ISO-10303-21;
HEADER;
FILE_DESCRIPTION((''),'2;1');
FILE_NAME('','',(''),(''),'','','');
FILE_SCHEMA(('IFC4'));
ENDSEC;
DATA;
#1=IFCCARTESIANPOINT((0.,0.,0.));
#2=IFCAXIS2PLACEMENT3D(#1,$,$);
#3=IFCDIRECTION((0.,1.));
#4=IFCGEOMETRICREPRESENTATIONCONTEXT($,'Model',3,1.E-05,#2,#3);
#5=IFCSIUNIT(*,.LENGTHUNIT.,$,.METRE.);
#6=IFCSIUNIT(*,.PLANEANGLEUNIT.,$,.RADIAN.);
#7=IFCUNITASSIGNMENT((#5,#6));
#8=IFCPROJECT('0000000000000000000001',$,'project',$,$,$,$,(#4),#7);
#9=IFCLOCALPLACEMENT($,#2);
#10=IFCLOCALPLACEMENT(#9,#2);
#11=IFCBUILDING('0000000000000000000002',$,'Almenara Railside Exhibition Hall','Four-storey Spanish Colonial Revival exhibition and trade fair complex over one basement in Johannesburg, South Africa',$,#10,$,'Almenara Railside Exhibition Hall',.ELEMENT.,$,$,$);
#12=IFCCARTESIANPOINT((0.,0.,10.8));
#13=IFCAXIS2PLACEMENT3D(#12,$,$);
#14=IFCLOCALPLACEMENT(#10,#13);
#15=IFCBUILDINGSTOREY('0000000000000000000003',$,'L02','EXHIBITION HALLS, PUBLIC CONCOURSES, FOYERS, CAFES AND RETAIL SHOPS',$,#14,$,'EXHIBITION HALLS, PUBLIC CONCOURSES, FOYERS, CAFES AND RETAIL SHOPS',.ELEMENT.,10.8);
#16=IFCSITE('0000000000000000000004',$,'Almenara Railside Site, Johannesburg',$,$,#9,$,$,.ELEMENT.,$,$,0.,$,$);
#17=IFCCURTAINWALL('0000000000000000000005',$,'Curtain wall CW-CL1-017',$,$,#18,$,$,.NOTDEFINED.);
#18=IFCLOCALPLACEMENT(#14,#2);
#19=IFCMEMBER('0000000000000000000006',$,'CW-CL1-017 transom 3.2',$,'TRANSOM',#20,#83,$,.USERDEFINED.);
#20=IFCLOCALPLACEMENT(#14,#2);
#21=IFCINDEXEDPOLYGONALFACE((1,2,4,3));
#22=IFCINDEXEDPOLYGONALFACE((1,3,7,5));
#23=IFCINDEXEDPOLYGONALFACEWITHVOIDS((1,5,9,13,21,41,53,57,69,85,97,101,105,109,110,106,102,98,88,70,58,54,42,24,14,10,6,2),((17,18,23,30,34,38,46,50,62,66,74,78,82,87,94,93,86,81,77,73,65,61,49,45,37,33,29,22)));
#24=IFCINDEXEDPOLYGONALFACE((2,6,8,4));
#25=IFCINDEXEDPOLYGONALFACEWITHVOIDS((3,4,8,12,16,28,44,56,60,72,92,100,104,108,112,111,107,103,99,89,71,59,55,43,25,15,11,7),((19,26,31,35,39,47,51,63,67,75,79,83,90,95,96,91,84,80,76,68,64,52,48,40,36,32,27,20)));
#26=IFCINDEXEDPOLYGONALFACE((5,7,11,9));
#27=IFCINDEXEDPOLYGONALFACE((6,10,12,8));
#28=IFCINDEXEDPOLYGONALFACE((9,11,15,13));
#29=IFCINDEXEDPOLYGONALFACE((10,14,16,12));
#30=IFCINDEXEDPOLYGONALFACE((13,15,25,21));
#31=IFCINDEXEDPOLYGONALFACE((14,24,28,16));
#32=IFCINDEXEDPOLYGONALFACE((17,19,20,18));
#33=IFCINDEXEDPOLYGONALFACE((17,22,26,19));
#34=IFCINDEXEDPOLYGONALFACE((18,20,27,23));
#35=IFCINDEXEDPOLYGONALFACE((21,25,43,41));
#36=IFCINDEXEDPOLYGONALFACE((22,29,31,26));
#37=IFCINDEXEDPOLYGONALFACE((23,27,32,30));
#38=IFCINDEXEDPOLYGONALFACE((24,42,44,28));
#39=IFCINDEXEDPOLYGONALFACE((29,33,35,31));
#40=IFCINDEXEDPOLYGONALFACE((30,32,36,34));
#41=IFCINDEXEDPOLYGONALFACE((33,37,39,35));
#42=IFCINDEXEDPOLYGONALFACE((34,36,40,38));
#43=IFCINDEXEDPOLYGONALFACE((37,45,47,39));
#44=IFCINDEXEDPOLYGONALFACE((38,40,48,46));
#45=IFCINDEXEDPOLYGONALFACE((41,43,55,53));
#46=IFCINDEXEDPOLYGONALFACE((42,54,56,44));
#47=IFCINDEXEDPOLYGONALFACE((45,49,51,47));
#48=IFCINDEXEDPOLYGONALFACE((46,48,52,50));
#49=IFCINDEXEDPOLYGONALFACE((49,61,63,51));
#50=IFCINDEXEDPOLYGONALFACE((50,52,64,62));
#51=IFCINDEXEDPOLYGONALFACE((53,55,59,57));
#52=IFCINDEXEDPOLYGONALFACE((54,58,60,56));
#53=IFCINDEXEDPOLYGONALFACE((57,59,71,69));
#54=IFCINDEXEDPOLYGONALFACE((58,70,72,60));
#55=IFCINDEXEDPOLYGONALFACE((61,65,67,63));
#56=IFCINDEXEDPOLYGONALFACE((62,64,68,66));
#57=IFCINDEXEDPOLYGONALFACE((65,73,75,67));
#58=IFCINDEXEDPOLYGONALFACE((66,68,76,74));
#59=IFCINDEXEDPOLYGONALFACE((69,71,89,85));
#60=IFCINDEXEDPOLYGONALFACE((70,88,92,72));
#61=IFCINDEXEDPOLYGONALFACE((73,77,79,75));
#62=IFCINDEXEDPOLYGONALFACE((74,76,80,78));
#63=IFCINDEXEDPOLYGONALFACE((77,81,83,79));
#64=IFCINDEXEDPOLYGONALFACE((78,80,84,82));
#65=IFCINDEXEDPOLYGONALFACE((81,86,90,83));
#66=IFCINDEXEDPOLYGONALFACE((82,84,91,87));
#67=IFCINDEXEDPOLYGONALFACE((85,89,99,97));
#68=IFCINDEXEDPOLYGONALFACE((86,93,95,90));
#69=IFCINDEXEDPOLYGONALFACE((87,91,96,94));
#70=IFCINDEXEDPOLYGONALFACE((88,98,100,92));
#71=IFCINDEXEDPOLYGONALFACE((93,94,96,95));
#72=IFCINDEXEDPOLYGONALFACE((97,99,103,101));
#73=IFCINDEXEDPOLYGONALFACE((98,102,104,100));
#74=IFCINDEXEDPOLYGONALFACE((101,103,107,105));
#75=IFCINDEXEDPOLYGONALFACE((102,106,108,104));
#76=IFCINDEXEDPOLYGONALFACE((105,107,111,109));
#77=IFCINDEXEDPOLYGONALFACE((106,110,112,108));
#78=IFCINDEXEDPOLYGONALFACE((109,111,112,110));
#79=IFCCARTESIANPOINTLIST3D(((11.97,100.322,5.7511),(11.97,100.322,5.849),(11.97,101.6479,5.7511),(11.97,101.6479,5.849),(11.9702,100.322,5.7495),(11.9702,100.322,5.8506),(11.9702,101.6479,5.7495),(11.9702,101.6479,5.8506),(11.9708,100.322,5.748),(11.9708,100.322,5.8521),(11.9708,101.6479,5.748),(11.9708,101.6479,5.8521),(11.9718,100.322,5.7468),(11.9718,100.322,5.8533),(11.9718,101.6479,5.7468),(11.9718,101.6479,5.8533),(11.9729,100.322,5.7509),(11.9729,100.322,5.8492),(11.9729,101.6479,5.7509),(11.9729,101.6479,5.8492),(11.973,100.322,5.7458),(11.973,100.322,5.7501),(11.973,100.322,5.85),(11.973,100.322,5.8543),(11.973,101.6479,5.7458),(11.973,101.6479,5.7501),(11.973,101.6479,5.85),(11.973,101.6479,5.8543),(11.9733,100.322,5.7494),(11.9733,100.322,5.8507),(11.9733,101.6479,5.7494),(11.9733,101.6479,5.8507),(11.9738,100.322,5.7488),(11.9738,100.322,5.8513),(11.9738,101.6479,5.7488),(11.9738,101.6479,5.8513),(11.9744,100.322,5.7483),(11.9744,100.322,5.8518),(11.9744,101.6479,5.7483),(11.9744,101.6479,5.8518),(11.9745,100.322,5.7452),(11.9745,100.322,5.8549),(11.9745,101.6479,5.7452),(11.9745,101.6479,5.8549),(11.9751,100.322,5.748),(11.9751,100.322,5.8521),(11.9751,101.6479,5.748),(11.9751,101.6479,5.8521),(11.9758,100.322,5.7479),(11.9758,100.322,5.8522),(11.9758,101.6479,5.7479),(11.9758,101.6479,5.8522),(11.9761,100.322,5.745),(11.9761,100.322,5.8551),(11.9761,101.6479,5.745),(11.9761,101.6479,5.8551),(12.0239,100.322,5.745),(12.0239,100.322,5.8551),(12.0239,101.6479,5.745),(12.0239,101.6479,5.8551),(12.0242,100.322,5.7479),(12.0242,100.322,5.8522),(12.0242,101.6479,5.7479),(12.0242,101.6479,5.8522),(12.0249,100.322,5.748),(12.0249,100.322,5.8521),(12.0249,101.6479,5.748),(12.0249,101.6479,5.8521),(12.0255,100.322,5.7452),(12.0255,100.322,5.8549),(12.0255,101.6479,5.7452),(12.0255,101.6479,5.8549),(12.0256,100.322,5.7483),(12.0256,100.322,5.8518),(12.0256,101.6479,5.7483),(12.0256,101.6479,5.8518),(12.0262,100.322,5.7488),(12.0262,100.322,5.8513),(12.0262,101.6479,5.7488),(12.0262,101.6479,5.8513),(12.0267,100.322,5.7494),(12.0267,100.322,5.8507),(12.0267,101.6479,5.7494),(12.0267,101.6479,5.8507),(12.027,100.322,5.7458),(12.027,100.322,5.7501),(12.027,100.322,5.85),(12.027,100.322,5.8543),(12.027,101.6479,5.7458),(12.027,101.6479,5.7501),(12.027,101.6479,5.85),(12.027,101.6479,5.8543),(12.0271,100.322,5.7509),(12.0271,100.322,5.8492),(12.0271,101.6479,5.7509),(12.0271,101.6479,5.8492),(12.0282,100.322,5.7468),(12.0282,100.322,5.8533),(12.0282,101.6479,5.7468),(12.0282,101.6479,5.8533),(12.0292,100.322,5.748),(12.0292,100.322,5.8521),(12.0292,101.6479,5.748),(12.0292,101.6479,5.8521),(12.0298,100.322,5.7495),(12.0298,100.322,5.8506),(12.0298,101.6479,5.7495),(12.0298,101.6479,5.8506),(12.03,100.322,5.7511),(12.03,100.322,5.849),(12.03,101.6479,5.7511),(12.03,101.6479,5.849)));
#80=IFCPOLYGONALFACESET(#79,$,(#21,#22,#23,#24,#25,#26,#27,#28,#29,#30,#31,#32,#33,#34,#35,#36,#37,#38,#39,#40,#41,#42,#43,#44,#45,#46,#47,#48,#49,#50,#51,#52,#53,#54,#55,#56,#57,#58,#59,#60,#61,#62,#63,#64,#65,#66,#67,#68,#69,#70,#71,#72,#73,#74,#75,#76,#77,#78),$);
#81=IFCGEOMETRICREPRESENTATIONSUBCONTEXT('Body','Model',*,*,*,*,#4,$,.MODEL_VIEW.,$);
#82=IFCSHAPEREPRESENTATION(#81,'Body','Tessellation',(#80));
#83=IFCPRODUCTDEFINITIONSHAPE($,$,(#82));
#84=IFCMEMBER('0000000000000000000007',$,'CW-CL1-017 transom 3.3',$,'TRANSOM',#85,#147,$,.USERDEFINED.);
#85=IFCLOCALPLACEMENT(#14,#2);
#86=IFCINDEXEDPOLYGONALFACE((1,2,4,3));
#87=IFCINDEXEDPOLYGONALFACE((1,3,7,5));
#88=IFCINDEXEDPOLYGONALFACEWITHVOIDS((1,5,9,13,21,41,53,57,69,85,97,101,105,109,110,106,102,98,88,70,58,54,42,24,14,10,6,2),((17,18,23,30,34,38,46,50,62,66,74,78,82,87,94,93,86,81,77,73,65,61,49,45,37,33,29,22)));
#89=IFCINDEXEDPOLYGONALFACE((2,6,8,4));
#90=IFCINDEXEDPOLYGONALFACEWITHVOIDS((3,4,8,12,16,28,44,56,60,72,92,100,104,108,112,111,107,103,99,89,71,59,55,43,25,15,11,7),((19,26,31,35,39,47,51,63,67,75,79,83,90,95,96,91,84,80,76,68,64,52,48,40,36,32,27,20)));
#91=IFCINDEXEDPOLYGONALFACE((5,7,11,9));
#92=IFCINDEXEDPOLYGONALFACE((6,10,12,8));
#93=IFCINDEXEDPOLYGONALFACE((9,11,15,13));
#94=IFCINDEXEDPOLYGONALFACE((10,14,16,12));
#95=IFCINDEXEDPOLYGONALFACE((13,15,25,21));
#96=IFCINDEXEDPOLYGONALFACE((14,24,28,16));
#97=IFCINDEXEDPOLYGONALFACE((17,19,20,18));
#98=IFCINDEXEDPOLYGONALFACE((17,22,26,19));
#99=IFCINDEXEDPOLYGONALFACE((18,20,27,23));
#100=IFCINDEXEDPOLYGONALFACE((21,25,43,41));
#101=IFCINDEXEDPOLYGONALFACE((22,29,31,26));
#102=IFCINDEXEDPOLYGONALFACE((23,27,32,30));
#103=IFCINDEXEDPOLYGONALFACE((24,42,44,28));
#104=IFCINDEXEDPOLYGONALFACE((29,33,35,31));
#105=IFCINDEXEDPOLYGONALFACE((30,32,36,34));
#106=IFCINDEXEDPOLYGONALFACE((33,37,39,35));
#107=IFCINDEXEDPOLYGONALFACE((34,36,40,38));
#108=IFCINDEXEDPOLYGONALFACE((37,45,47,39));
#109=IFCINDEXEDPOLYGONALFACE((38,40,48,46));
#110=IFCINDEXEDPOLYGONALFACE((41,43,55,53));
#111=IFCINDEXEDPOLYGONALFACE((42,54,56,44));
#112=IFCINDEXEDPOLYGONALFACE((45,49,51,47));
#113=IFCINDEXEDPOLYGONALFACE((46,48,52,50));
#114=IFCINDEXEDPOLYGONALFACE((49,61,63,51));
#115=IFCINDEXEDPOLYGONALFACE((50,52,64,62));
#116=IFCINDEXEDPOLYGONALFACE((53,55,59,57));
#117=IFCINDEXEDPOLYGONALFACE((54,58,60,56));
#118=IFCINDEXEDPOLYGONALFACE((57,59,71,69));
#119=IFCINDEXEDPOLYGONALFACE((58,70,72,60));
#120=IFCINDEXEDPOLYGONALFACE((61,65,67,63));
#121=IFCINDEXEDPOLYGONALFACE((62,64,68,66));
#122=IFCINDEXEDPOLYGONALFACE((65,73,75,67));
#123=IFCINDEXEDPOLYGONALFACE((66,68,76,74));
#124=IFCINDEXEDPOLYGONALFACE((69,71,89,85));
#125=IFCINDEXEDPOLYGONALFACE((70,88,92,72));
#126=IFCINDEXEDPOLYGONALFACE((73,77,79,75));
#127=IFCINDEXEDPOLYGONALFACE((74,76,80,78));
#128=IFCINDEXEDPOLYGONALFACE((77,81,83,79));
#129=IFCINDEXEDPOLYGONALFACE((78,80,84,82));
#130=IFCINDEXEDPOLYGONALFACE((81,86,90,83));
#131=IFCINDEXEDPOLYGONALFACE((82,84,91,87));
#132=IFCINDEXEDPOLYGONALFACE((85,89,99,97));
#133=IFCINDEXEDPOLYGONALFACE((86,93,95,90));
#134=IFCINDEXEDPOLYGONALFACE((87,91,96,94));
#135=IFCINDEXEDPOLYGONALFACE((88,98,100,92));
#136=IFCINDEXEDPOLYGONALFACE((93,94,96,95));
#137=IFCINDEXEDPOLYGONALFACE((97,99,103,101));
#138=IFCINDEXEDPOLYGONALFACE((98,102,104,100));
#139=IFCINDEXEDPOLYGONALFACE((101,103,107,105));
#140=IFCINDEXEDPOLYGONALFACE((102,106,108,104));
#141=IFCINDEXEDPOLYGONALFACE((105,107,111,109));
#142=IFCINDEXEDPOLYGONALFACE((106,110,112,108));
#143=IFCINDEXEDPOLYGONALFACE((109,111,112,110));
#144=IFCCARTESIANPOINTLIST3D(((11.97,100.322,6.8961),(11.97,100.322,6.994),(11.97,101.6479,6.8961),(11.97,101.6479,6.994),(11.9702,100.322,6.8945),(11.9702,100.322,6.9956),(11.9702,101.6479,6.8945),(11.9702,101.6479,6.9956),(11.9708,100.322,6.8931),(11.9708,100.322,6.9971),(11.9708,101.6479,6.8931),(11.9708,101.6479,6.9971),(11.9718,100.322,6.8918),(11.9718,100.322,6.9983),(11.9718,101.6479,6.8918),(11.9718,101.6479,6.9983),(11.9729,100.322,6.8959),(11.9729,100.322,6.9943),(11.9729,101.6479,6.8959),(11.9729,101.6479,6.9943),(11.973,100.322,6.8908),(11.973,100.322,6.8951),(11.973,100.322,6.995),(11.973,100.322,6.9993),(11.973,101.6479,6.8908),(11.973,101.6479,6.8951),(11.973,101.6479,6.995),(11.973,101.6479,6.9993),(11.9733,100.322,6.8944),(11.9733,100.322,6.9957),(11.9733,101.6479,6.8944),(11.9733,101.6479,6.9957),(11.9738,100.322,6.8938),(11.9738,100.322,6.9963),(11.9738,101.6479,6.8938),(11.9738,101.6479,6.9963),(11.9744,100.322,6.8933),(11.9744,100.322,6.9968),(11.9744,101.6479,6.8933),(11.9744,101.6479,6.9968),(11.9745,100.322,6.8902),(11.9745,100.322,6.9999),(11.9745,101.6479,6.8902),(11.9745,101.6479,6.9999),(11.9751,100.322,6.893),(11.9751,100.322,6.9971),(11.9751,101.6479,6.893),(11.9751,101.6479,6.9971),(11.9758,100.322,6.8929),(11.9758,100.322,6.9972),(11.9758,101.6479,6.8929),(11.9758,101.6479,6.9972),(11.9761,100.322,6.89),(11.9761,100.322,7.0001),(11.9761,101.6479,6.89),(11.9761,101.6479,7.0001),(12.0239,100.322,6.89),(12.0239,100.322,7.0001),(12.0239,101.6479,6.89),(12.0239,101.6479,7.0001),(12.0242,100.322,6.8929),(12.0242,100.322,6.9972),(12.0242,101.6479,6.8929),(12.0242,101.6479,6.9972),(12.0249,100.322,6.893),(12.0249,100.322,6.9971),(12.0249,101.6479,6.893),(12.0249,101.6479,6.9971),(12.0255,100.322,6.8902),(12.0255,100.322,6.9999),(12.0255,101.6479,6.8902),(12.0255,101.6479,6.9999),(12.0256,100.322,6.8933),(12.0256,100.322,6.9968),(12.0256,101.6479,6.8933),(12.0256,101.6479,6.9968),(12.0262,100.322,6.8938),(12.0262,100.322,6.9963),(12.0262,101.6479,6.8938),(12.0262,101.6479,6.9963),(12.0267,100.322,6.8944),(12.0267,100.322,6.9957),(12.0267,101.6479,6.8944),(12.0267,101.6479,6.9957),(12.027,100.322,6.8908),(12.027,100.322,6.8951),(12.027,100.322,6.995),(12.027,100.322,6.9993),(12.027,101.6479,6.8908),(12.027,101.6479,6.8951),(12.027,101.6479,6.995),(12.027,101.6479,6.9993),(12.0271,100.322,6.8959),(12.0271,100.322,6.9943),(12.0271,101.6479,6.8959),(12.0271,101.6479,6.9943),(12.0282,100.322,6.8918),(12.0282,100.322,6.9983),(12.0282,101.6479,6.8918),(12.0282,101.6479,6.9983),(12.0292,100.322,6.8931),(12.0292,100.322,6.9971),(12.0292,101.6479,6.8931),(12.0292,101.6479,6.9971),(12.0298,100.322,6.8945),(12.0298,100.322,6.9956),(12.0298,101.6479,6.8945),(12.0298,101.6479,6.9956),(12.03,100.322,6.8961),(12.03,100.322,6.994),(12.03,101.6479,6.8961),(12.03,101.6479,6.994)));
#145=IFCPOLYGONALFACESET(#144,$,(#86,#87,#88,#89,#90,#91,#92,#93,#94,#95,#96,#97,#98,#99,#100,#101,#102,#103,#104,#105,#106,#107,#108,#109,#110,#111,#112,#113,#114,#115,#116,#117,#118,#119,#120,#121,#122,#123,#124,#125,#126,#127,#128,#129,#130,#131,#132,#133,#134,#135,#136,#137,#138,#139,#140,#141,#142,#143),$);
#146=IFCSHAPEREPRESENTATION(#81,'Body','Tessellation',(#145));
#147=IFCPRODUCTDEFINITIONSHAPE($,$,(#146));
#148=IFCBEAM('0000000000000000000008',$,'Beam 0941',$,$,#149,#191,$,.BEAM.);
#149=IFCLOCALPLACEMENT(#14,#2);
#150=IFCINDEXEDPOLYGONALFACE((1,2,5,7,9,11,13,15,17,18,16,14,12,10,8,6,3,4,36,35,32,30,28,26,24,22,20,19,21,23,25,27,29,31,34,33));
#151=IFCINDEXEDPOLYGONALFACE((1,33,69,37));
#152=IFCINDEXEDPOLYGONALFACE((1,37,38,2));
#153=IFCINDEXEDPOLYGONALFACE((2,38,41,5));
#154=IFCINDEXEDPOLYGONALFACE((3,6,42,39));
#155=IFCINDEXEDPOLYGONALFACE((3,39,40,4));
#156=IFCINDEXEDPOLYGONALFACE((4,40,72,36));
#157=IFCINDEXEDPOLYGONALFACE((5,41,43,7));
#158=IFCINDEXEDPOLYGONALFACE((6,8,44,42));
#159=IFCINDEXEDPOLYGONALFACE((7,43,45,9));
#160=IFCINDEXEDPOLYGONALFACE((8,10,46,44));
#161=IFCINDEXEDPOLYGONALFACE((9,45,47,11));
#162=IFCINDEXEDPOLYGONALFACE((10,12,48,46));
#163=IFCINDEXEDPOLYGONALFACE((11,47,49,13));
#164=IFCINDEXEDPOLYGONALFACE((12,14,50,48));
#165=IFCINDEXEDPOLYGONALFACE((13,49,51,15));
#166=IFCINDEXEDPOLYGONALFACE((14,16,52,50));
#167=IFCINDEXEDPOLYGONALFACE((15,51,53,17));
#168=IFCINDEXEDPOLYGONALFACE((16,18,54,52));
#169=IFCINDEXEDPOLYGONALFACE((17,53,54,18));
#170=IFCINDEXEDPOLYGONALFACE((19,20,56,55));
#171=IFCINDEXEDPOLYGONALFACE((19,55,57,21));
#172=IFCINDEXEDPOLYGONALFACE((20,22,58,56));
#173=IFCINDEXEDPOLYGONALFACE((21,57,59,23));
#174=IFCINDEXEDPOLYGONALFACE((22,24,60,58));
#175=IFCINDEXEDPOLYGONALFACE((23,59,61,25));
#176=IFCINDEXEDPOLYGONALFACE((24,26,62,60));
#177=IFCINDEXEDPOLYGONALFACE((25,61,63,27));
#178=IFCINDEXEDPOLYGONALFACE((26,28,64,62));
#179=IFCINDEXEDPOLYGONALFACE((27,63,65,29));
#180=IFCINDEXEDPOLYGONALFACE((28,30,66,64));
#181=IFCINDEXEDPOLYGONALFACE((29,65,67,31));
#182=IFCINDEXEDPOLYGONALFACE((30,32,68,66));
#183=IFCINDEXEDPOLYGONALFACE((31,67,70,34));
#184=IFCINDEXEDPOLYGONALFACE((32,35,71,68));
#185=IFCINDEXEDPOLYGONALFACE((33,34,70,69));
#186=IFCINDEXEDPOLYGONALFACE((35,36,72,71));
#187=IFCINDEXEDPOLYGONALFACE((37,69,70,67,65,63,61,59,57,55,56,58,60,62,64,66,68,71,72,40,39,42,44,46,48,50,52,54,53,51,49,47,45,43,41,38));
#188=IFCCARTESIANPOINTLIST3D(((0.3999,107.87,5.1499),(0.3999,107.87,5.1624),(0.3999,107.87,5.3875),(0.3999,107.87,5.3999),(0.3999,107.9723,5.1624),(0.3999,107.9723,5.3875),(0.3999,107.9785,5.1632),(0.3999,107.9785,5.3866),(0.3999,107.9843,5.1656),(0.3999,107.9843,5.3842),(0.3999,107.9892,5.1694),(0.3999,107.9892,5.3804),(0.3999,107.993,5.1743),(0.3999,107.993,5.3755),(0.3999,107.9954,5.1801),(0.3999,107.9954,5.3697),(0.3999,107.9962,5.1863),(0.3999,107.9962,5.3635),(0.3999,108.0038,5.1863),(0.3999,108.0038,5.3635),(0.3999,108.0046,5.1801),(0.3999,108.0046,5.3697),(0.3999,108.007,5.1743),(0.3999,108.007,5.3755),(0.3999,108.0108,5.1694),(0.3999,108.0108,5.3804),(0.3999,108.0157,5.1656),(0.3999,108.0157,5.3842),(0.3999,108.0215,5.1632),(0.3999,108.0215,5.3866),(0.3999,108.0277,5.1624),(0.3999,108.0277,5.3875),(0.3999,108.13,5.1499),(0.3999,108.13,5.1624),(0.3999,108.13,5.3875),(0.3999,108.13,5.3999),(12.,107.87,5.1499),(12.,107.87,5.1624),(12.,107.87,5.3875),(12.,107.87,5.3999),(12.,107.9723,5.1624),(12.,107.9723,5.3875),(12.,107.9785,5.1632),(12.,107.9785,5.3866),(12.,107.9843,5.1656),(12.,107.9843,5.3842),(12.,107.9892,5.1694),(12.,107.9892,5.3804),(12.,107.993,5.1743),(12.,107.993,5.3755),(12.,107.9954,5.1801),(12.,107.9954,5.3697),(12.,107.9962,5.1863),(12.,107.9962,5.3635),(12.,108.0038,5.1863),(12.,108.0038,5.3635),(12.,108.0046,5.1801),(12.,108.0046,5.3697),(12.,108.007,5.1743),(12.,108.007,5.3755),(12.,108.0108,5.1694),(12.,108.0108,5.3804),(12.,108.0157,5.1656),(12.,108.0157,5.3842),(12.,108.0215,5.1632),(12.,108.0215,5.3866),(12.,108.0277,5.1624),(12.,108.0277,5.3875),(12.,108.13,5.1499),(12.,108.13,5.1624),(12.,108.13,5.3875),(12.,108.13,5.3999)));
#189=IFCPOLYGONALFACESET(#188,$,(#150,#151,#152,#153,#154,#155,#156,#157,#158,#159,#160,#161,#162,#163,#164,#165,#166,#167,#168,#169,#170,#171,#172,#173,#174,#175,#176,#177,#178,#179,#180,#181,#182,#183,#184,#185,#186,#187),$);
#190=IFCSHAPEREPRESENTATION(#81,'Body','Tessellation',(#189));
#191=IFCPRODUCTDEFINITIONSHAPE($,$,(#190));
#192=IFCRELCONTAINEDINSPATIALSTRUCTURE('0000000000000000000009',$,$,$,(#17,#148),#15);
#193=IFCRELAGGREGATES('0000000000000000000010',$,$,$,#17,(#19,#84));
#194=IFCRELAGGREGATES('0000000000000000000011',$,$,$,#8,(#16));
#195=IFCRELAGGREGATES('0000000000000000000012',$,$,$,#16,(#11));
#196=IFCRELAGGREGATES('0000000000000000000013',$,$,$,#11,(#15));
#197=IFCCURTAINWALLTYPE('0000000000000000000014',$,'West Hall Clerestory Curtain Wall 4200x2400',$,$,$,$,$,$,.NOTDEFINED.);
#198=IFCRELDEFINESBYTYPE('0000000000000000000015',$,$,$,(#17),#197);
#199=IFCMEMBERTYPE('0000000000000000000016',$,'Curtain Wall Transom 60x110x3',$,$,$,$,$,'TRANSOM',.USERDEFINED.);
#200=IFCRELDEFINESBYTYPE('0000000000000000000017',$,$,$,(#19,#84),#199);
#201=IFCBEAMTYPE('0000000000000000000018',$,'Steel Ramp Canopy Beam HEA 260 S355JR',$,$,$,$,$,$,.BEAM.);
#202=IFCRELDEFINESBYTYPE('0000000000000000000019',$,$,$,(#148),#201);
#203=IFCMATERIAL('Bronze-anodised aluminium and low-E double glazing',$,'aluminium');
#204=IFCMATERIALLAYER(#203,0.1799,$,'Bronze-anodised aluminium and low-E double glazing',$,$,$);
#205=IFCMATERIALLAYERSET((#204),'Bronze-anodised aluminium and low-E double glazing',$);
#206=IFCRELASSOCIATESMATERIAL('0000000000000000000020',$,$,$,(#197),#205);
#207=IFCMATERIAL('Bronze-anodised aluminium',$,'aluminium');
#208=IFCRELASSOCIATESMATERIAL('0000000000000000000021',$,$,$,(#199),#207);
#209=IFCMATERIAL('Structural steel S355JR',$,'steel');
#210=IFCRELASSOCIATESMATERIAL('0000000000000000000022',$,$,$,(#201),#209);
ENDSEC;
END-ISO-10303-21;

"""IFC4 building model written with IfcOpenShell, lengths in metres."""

from ifc_helpers import new_model, si_unit, direction, frame, origin, origin_2d, place, context, subcontext, project, spatial, hollow_rectangle, i_section, extrude, material, layer, layer_set, material_profile, profile_set, type_object, element, aggregate, save


model = new_model("IFC4")

# Units and contexts
model_context = context("Model", 3, precision=1e-05, world=origin(), true_north=direction((0.0, 1.0)))
body_context = subcontext(model_context, "Body", "Model", "MODEL_VIEW")
ifc_project = project(units=[si_unit("LENGTHUNIT", "METRE"), si_unit("PLANEANGLEUNIT", "RADIAN")], contexts=[model_context])

# Site, building, storey
site_placement = place(None, origin())
site = spatial("IfcSite", under=ifc_project, at=site_placement, Name="Almenara Railside Site, Johannesburg", CompositionType="ELEMENT", RefElevation=0.0)
building_placement = place(site_placement, origin())
building = spatial("IfcBuilding", under=site, at=building_placement, Name="Almenara Railside Exhibition Hall", Description="Four-storey Spanish Colonial Revival exhibition and trade fair complex over one basement in Johannesburg, South Africa", LongName="Almenara Railside Exhibition Hall", CompositionType="ELEMENT")
storey_placement = place(building_placement, frame((0.0, 0.0, 10.8)))
storey = spatial("IfcBuildingStorey", under=building, at=storey_placement, Name="L02", Description="EXHIBITION HALLS, PUBLIC CONCOURSES, FOYERS, CAFES AND RETAIL SHOPS", LongName="EXHIBITION HALLS, PUBLIC CONCOURSES, FOYERS, CAFES AND RETAIL SHOPS", CompositionType="ELEMENT", Elevation=10.8)

# Shared definitions
ifc_material_1 = material(Name="Structural steel S355JR", Category="steel")

# Curtain wall
ifc_material_2 = material(Name="Bronze-anodised aluminium and low-E double glazing", Category="aluminium")
ifc_layer_1 = layer(ifc_material_2, 0.1799, Name="Bronze-anodised aluminium and low-E double glazing")
ifc_layer_set_1 = layer_set([ifc_layer_1], Name="Bronze-anodised aluminium and low-E double glazing")
curtain_wall_type = type_object("IfcCurtainWallType", Name="West Hall Clerestory Curtain Wall 4200x2400", PredefinedType="NOTDEFINED", material=ifc_layer_set_1)
ifc_material_3 = material(Name="Bronze-anodised aluminium", Category="aluminium")
curtain_wall_1_placement = place(storey_placement, origin())
curtain_wall_1 = element("IfcCurtainWall", 1, at=curtain_wall_1_placement, inside=storey, type_object=curtain_wall_type, Name="Curtain wall CW-CL1-017", PredefinedType="NOTDEFINED")

# Members
ifc_material_profile_1 = material_profile(ifc_material_3, hollow_rectangle(XDim=0.0601, YDim=0.1101, WallThickness=0.0029, InnerFilletRadius=0.0029, OuterFilletRadius=0.0061, at=origin_2d()), Name="ALU-TRN 60x110x3")
ifc_profile_set_1 = profile_set([ifc_material_profile_1], Name="Bronze-anodised aluminium")
member_type_1 = type_object("IfcMemberType", Name="Curtain Wall Transom 60x110x3", ElementType="TRANSOM", PredefinedType="USERDEFINED", material=ifc_profile_set_1)
member_1_placement = place(storey_placement, frame((12.0, 100.322, 5.8), z_axis=(0.0, 1.0, 0.0), x_axis=(-1.0, 0.0, 0.0)))
member_1 = element("IfcMember", 2, at=member_1_placement, type_object=member_type_1, Name="CW-CL1-017 transom 3.2", ObjectType="TRANSOM", PredefinedType="USERDEFINED", context=body_context, shape_type="SweptSolid", body=[
    extrude(hollow_rectangle(XDim=0.0601, YDim=0.1101, WallThickness=0.0029, InnerFilletRadius=0.0029, OuterFilletRadius=0.0061, at=origin_2d()), origin(), (0.0, 0.0, 1.0), 1.3259),
])
member_2_placement = place(storey_placement, frame((12.0, 100.322, 6.9451), z_axis=(0.0, 1.0, 0.0), x_axis=(-1.0, 0.0, 0.0)))
member_2 = element("IfcMember", 3, at=member_2_placement, type_object=member_type_1, Name="CW-CL1-017 transom 3.3", ObjectType="TRANSOM", PredefinedType="USERDEFINED", context=body_context, shape_type="SweptSolid", body=[
    extrude(hollow_rectangle(XDim=0.0601, YDim=0.1101, WallThickness=0.0029, InnerFilletRadius=0.0029, OuterFilletRadius=0.0061, at=origin_2d()), origin(), (0.0, 0.0, 1.0), 1.3259),
])

# Beam
ifc_material_profile_2 = material_profile(ifc_material_1, i_section(OverallWidth=0.26, OverallDepth=0.25, WebThickness=0.0076, FlangeThickness=0.0125, FilletRadius=0.0239, at=origin_2d()), Name="HEA 260")
ifc_profile_set_2 = profile_set([ifc_material_profile_2], Name="Structural steel S355JR")
beam_type = type_object("IfcBeamType", Name="Steel Ramp Canopy Beam HEA 260 S355JR", PredefinedType="BEAM", material=ifc_profile_set_2)
beam_placement = place(storey_placement, frame((0.3999, 108.0, 5.2749), z_axis=(1.0, 0.0, 0.0), x_axis=(0.0, 1.0, 0.0)))
element("IfcBeam", 4, at=beam_placement, inside=storey, type_object=beam_type, Name="Beam 0941", PredefinedType="BEAM", context=body_context, shape_type="SweptSolid", body=[
    extrude(i_section(OverallWidth=0.26, OverallDepth=0.25, WebThickness=0.0076, FlangeThickness=0.0125, FilletRadius=0.0239, at=origin_2d()), origin(), (0.0, 0.0, 1.0), 11.6001),
])

aggregate(curtain_wall_1, [member_1, member_2])

save(model, "model.ifc")
